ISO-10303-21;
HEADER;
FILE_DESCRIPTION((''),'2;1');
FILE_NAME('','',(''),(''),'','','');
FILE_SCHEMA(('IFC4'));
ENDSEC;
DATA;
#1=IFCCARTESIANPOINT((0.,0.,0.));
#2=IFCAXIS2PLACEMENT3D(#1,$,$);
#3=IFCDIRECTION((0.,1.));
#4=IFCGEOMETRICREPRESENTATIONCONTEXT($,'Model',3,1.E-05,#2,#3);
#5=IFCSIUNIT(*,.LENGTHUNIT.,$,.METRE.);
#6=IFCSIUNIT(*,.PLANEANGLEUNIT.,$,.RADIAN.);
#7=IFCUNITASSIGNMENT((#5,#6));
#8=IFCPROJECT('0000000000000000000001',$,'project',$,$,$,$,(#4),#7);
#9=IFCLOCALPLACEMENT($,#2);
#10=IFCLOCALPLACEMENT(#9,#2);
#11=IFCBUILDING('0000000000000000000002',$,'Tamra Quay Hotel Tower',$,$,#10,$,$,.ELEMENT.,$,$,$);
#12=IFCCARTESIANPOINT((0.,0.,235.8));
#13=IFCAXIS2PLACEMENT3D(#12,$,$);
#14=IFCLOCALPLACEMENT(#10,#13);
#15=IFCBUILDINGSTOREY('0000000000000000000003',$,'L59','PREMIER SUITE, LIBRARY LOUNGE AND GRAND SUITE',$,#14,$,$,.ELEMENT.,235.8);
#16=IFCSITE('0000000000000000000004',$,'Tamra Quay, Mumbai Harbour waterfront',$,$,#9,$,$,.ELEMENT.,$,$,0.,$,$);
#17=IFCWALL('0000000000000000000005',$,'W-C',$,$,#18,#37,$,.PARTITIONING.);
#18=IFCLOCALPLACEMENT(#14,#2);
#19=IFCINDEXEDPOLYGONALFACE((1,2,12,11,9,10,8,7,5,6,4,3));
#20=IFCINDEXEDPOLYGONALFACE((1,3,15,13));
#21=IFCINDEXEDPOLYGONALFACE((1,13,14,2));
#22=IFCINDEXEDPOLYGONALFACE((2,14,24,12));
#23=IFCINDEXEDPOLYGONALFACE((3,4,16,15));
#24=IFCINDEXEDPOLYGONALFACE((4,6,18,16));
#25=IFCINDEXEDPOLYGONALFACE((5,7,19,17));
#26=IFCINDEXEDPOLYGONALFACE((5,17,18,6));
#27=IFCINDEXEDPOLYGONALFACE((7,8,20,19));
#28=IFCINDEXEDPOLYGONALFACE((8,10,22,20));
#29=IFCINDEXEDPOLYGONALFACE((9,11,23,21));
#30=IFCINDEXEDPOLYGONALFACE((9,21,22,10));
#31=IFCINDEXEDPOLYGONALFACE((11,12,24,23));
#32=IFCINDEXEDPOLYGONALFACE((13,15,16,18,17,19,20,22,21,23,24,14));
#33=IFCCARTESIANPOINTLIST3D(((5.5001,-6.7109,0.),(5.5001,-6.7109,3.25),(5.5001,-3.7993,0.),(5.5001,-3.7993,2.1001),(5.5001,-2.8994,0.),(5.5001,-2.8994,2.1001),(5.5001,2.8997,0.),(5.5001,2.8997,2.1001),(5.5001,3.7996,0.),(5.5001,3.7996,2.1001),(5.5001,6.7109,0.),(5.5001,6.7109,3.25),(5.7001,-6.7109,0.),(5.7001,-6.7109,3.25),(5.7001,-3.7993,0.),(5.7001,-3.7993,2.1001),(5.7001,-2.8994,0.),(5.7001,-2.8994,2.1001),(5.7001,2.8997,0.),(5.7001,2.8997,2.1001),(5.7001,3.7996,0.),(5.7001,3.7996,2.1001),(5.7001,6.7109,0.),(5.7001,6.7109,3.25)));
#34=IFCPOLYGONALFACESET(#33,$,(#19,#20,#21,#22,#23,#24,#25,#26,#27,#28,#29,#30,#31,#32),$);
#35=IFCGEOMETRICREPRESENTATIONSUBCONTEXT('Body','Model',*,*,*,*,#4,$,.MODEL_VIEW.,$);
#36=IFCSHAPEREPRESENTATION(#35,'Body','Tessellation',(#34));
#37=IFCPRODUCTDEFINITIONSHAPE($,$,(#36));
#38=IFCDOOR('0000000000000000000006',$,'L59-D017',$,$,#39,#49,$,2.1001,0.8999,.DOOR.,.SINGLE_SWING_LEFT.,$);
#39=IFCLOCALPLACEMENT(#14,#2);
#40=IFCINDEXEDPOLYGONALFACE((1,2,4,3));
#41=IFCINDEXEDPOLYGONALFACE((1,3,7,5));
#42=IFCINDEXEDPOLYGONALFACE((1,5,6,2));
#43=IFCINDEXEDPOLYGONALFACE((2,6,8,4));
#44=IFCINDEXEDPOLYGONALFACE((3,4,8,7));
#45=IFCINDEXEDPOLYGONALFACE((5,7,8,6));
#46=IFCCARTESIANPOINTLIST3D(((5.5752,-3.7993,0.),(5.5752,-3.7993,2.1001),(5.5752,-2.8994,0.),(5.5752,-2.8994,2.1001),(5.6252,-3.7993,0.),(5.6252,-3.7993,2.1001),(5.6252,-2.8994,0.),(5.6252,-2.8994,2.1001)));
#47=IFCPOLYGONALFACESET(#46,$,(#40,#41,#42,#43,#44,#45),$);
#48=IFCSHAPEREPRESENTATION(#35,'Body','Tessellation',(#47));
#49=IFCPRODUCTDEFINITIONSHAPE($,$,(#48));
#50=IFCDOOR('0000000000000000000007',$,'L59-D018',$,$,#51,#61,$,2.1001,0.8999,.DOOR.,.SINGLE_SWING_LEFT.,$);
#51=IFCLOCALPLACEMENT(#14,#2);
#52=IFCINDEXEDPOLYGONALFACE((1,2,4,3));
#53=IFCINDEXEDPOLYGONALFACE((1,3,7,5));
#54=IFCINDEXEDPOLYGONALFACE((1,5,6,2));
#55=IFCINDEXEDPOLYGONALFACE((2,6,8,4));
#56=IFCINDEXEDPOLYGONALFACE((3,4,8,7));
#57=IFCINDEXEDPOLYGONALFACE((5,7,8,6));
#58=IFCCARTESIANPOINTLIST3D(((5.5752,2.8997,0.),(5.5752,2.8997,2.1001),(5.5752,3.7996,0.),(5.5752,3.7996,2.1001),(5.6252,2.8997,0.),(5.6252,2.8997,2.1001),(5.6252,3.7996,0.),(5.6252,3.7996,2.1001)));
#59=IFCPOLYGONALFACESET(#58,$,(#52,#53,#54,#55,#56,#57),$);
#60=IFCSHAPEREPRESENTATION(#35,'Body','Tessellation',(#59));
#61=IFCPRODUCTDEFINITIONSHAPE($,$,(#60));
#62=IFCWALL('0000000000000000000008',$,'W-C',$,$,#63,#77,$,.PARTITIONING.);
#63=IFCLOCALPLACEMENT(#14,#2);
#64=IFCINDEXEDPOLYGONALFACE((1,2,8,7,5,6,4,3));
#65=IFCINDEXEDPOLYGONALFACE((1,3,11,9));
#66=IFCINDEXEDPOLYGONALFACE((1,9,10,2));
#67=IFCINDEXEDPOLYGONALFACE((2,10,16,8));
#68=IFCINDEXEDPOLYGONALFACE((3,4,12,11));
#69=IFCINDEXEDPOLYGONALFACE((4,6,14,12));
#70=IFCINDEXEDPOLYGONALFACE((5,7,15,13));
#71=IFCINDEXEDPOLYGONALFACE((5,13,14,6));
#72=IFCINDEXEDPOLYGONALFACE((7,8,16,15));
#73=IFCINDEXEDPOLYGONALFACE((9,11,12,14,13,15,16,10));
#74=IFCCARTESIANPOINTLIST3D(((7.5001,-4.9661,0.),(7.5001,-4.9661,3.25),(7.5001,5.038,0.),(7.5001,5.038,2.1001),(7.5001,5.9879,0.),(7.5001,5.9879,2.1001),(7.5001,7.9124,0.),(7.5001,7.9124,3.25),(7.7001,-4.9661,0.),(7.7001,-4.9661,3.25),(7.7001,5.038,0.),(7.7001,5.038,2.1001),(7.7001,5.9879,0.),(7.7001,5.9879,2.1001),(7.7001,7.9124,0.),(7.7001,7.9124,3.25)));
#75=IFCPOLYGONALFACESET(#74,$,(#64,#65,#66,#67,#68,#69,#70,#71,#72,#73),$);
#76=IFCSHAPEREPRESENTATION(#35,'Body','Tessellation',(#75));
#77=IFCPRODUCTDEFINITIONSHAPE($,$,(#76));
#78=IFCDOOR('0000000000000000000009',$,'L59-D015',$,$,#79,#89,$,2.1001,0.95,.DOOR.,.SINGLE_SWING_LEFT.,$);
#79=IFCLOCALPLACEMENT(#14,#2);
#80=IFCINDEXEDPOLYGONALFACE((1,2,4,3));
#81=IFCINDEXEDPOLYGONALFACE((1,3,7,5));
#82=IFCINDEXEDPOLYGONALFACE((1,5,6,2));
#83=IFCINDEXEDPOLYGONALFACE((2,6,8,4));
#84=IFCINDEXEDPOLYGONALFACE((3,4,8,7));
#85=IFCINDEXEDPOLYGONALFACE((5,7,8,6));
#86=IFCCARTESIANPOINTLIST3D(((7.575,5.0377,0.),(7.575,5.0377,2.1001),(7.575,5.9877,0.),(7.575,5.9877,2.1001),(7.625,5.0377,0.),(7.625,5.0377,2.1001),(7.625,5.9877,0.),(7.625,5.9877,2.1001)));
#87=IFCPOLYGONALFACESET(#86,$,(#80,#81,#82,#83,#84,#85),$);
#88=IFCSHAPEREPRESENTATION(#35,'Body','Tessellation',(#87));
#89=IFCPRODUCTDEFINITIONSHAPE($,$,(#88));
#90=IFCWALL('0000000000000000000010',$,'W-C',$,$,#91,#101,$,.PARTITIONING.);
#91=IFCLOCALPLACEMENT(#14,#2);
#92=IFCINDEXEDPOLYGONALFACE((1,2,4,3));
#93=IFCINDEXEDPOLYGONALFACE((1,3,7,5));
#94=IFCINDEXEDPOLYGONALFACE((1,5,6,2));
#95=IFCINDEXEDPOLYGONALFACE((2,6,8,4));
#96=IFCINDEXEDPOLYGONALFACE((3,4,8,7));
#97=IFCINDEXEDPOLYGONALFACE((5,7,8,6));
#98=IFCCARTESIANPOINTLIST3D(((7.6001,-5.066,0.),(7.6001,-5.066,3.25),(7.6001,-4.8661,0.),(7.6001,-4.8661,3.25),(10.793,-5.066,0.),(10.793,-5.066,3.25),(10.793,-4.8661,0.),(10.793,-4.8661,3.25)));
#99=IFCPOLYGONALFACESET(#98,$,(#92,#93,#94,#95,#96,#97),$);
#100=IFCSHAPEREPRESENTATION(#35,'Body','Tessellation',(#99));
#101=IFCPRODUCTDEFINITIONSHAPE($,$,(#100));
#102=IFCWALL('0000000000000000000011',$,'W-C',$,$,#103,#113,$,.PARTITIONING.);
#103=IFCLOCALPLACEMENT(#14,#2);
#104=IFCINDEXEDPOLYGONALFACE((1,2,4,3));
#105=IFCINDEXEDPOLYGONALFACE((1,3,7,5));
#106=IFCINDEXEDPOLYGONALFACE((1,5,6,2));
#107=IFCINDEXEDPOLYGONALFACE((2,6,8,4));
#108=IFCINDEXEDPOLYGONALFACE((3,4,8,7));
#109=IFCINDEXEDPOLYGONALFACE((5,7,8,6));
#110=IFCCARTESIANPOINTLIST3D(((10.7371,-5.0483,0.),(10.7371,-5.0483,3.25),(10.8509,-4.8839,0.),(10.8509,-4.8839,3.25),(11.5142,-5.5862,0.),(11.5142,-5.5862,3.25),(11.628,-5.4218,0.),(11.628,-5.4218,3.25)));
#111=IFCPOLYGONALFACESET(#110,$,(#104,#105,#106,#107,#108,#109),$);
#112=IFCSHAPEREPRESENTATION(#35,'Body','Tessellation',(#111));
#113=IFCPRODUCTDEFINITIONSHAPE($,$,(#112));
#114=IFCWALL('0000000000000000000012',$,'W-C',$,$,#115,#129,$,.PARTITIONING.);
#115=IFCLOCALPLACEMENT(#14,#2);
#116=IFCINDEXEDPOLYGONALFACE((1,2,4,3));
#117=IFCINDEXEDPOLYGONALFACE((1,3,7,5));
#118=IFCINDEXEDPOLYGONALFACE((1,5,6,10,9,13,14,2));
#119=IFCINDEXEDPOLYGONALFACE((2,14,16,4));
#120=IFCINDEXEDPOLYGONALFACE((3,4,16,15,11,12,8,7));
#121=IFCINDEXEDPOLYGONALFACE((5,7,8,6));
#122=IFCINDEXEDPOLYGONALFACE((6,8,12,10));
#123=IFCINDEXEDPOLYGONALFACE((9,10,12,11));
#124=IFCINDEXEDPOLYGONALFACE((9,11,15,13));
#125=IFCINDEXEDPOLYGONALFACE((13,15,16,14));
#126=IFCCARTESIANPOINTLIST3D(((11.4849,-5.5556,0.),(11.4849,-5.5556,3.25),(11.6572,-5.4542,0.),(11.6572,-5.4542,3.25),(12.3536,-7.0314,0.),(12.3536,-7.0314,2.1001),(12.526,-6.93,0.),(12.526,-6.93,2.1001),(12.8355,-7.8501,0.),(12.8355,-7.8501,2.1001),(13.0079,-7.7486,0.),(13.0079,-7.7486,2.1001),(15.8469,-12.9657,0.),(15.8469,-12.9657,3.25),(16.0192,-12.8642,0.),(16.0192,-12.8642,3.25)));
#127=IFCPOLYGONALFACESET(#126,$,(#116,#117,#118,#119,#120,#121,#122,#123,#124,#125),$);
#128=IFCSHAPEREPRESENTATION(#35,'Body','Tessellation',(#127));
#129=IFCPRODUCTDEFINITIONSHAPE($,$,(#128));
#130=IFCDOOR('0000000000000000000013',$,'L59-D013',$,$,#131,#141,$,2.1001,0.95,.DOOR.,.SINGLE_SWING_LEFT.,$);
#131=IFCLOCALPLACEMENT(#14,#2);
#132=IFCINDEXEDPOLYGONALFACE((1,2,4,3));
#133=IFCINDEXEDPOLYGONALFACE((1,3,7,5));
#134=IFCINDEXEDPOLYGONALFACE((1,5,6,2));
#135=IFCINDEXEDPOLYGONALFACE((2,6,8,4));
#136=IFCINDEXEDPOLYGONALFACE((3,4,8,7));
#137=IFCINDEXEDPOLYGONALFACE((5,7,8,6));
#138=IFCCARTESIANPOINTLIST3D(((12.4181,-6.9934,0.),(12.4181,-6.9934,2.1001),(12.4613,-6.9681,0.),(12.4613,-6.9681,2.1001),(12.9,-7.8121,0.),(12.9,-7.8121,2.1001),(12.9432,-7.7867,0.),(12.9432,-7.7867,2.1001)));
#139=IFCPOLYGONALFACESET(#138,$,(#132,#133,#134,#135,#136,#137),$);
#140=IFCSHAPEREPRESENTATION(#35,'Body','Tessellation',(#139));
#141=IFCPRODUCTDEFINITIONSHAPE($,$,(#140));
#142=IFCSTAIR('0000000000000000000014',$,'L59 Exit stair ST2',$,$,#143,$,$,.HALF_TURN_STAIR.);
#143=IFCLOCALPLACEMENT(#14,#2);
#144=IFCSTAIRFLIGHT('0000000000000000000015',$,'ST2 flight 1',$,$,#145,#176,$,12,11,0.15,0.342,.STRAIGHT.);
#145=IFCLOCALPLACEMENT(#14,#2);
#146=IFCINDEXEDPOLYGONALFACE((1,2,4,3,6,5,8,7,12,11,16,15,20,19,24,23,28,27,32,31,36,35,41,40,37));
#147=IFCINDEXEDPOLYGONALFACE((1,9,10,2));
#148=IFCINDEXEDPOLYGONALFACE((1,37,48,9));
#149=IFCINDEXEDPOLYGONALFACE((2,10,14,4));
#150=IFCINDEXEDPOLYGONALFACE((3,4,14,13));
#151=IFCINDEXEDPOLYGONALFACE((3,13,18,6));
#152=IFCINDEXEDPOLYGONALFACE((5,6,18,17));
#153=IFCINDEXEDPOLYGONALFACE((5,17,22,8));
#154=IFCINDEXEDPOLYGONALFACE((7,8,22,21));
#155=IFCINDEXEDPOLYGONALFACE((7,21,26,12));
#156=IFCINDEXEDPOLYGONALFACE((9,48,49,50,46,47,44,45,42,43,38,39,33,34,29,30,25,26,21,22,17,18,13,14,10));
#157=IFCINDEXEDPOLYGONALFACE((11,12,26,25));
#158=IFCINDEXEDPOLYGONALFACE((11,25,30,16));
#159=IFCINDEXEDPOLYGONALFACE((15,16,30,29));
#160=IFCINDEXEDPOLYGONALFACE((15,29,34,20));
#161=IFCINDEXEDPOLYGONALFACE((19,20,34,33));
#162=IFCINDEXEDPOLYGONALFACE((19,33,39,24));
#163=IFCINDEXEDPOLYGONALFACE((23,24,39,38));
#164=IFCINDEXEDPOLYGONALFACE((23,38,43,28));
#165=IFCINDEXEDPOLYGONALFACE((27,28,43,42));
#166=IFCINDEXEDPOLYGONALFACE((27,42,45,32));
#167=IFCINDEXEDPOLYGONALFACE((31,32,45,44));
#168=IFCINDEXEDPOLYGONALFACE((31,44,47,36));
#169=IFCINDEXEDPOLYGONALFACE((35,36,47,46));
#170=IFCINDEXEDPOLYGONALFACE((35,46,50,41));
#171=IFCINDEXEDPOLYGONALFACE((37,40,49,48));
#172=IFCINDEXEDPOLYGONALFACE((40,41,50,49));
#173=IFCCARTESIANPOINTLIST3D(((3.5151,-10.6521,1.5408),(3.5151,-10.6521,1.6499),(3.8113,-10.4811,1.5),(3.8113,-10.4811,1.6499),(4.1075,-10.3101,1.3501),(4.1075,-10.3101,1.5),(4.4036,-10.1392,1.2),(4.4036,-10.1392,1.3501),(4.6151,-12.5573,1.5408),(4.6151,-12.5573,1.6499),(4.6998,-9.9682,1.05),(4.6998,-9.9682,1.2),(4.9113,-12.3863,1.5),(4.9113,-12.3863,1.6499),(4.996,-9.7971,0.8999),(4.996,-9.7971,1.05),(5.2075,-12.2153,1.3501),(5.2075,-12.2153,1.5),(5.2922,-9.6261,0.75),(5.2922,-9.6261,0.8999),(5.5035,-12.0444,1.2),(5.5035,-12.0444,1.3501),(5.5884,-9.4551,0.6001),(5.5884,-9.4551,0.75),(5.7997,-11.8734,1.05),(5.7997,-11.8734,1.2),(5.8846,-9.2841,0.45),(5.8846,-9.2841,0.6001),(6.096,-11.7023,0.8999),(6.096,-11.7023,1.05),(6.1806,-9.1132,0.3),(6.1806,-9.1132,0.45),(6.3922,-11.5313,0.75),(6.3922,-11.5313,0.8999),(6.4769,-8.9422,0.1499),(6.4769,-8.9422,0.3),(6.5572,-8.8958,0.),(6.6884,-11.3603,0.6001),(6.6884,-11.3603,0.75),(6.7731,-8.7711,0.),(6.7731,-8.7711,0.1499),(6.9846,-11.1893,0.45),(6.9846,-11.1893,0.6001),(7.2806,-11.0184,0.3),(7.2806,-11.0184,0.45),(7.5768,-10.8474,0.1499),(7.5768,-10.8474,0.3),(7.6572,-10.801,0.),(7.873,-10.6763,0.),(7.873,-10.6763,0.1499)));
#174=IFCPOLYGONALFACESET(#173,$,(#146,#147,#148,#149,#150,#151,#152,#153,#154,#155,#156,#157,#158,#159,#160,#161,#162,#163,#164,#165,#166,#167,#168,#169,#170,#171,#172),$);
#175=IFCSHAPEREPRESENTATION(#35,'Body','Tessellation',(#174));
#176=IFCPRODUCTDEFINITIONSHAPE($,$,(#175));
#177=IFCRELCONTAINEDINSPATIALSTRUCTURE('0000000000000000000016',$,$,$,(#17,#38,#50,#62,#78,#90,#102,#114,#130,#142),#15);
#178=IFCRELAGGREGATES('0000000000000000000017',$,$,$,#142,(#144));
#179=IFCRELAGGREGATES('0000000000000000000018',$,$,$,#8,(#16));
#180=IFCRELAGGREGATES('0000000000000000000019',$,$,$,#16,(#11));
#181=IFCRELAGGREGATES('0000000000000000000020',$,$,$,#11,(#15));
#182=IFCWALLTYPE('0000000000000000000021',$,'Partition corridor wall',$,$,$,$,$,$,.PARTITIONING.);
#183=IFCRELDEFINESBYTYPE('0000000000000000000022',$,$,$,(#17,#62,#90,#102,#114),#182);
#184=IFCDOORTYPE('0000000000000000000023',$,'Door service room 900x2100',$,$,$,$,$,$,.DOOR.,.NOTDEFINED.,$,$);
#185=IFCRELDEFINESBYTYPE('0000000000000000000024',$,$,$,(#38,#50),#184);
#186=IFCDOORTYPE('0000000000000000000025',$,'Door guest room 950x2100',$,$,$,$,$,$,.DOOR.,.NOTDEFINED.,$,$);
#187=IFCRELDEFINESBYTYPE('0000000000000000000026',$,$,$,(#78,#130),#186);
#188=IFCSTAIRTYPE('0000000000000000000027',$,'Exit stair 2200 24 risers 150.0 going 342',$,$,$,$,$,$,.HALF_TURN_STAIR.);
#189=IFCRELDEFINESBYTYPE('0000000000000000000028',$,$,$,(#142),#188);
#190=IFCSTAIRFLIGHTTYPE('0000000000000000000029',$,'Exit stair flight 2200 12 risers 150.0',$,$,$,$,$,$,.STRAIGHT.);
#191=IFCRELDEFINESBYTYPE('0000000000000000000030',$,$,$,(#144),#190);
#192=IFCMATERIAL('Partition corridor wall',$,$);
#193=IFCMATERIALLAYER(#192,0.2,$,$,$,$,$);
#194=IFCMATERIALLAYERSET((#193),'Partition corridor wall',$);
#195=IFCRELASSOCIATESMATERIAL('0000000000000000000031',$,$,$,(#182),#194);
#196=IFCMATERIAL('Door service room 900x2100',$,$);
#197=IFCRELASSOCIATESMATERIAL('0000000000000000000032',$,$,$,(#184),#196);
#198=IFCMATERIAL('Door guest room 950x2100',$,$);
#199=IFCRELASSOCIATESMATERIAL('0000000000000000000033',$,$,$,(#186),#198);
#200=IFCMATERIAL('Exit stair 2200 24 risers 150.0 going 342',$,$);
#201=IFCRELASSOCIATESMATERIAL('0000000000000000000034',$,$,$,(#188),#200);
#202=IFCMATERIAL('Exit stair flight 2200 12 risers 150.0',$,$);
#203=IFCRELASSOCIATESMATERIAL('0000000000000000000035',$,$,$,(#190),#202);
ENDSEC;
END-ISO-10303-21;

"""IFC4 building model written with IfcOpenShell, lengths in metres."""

from ifc_helpers import new_model, si_unit, direction, frame, frame_2d, origin, place, context, subcontext, project, spatial, polyline, rectangle, outline, extrude, material, layer, layer_set, type_object, element, fill, aggregate, save


model = new_model("IFC4")

# Units and contexts
model_context = context("Model", 3, precision=1e-05, world=origin(), true_north=direction((0.0, 1.0)))
body_context = subcontext(model_context, "Body", "Model", "MODEL_VIEW")
ifc_project = project(units=[si_unit("LENGTHUNIT", "METRE"), si_unit("PLANEANGLEUNIT", "RADIAN")], contexts=[model_context])

# Site, building, storey
site_placement = place(None, origin())
site = spatial("IfcSite", under=ifc_project, at=site_placement, Name="Tamra Quay, Mumbai Harbour waterfront", CompositionType="ELEMENT", RefElevation=0.0)
building_placement = place(site_placement, origin())
building = spatial("IfcBuilding", under=site, at=building_placement, Name="Tamra Quay Hotel Tower", CompositionType="ELEMENT")
storey_placement = place(building_placement, frame((0.0, 0.0, 235.8)))
storey = spatial("IfcBuildingStorey", under=building, at=storey_placement, Name="L59", Description="PREMIER SUITE, LIBRARY LOUNGE AND GRAND SUITE", CompositionType="ELEMENT", Elevation=235.8)

# Shared definitions
ifc_material_1 = material(Name="Partition corridor wall")
ifc_layer_1 = layer(ifc_material_1, 0.2)
ifc_layer_set_1 = layer_set([ifc_layer_1], Name="Partition corridor wall")
wall_type_1 = type_object("IfcWallType", Name="Partition corridor wall", PredefinedType="PARTITIONING", material=ifc_layer_set_1)

# Wall, openings, doors
wall_1_placement = place(storey_placement, frame((5.6001, -6.7109, 0.0), z_axis=(0.0, 0.0, 1.0), x_axis=(0.0, 1.0, 0.0)))
wall_1 = element("IfcWall", 1, at=wall_1_placement, inside=storey, type_object=wall_type_1, Name="W-C", PredefinedType="PARTITIONING", context=body_context, shape_type="SweptSolid", body=[
    extrude(rectangle(XDim=13.4219, YDim=0.2, at=frame_2d((6.7109, 0.0))), origin(), (0.0, 0.0, 1.0), 3.25),
])
opening_1_placement = place(wall_1_placement, frame((2.9116, 0.0, 0.0)))
opening_1 = element("IfcOpeningElement", 2, at=opening_1_placement, cuts=wall_1, PredefinedType="OPENING", context=body_context, shape_type="SweptSolid", body=[
    extrude(rectangle(XDim=0.8999, YDim=2.1001, at=frame_2d((0.45, 1.05))), frame((0.0, 0.1099, 0.0), z_axis=(0.0, -1.0, 0.0), x_axis=(1.0, 0.0, 0.0)), (0.0, 0.0, 1.0), 0.22),
])
opening_2_placement = place(wall_1_placement, frame((9.6106, 0.0, 0.0)))
opening_2 = element("IfcOpeningElement", 3, at=opening_2_placement, cuts=wall_1, PredefinedType="OPENING", context=body_context, shape_type="SweptSolid", body=[
    extrude(rectangle(XDim=0.8999, YDim=2.1001, at=frame_2d((0.45, 1.05))), frame((0.0, 0.1099, 0.0), z_axis=(0.0, -1.0, 0.0), x_axis=(1.0, 0.0, 0.0)), (0.0, 0.0, 1.0), 0.22),
])
ifc_material_2 = material(Name="Door service room 900x2100")
door_type_1 = type_object("IfcDoorType", Name="Door service room 900x2100", OperationType="NOTDEFINED", PredefinedType="DOOR", material=ifc_material_2)
door_1_placement = place(opening_1_placement, origin())
door_1 = element("IfcDoor", 4, at=door_1_placement, inside=storey, type_object=door_type_1, Name="L59-D017", OperationType="SINGLE_SWING_LEFT", OverallHeight=2.1001, OverallWidth=0.8999, PredefinedType="DOOR", context=body_context, shape_type="SweptSolid", body=[
    extrude(rectangle(XDim=0.8999, YDim=2.1001, at=frame_2d((0.45, 1.05))), frame((0.0, 0.0249, 0.0), z_axis=(0.0, -1.0, 0.0), x_axis=(1.0, 0.0, 0.0)), (0.0, 0.0, 1.0), 0.05),
])
fill(opening_1, door_1)
door_2_placement = place(opening_2_placement, origin())
door_2 = element("IfcDoor", 5, at=door_2_placement, inside=storey, type_object=door_type_1, Name="L59-D018", OperationType="SINGLE_SWING_LEFT", OverallHeight=2.1001, OverallWidth=0.8999, PredefinedType="DOOR", context=body_context, shape_type="SweptSolid", body=[
    extrude(rectangle(XDim=0.8999, YDim=2.1001, at=frame_2d((0.45, 1.05))), frame((0.0, 0.0249, 0.0), z_axis=(0.0, -1.0, 0.0), x_axis=(1.0, 0.0, 0.0)), (0.0, 0.0, 1.0), 0.05),
])
fill(opening_2, door_2)

# Wall, opening, door
wall_2_placement = place(storey_placement, frame((7.6001, -4.9661, 0.0), z_axis=(0.0, 0.0, 1.0), x_axis=(0.0, 1.0, 0.0)))
wall_2 = element("IfcWall", 6, at=wall_2_placement, inside=storey, type_object=wall_type_1, Name="W-C", PredefinedType="PARTITIONING", context=body_context, shape_type="SweptSolid", body=[
    extrude(rectangle(XDim=12.8784, YDim=0.2, at=frame_2d((6.4392, 0.0))), origin(), (0.0, 0.0, 1.0), 3.25),
])
opening_3_placement = place(wall_2_placement, frame((10.0039, 0.0, 0.0)))
opening_3 = element("IfcOpeningElement", 7, at=opening_3_placement, cuts=wall_2, PredefinedType="OPENING", context=body_context, shape_type="SweptSolid", body=[
    extrude(rectangle(XDim=0.95, YDim=2.1001, at=frame_2d((0.4751, 1.05))), frame((0.0, 0.1099, 0.0), z_axis=(0.0, -1.0, 0.0), x_axis=(1.0, 0.0, 0.0)), (0.0, 0.0, 1.0), 0.22),
])
ifc_material_3 = material(Name="Door guest room 950x2100")
door_type_2 = type_object("IfcDoorType", Name="Door guest room 950x2100", OperationType="NOTDEFINED", PredefinedType="DOOR", material=ifc_material_3)
door_3_placement = place(opening_3_placement, frame((0.95, 0.0, 0.0), z_axis=(0.0, 0.0, 1.0), x_axis=(-1.0, 0.0, 0.0)))
door_3 = element("IfcDoor", 8, at=door_3_placement, inside=storey, type_object=door_type_2, Name="L59-D015", OperationType="SINGLE_SWING_LEFT", OverallHeight=2.1001, OverallWidth=0.95, PredefinedType="DOOR", context=body_context, shape_type="SweptSolid", body=[
    extrude(rectangle(XDim=0.95, YDim=2.1001, at=frame_2d((0.4751, 1.05))), frame((0.0, 0.0249, 0.0), z_axis=(0.0, -1.0, 0.0), x_axis=(1.0, 0.0, 0.0)), (0.0, 0.0, 1.0), 0.05),
])
fill(opening_3, door_3)

# Walls
wall_3_placement = place(storey_placement, frame((7.6001, -4.9661, 0.0), z_axis=(0.0, 0.0, 1.0), x_axis=(1.0, 0.0, 0.0)))
element("IfcWall", 9, at=wall_3_placement, inside=storey, type_object=wall_type_1, Name="W-C", PredefinedType="PARTITIONING", context=body_context, shape_type="SweptSolid", body=[
    extrude(rectangle(XDim=3.1929, YDim=0.2, at=frame_2d((1.5964, 0.0))), origin(), (0.0, 0.0, 1.0), 3.25),
])
wall_4_placement = place(storey_placement, frame((10.7939, -4.9661, 0.0), z_axis=(0.0, 0.0, 1.0), x_axis=(0.822267, -0.569103, 0.0)))
element("IfcWall", 10, at=wall_4_placement, inside=storey, type_object=wall_type_1, Name="W-C", PredefinedType="PARTITIONING", context=body_context, shape_type="SweptSolid", body=[
    extrude(rectangle(XDim=0.9451, YDim=0.2, at=frame_2d((0.4727, 0.0))), origin(), (0.0, 0.0, 1.0), 3.25),
])

# Wall, opening, door
wall_5_placement = place(storey_placement, frame((11.571, -5.5049, 0.0), z_axis=(0.0, 0.0, 1.0), x_axis=(0.507292, -0.861774, 0.0)))
wall_5 = element("IfcWall", 11, at=wall_5_placement, inside=storey, type_object=wall_type_1, Name="W-C", PredefinedType="PARTITIONING", context=body_context, shape_type="SweptSolid", body=[
    extrude(rectangle(XDim=8.5986, YDim=0.2, at=frame_2d((4.2993, 0.0))), origin(), (0.0, 0.0, 1.0), 3.25),
])
opening_4_placement = place(wall_5_placement, frame((1.7124, 0.0, 0.0)))
opening_4 = element("IfcOpeningElement", 12, at=opening_4_placement, cuts=wall_5, PredefinedType="OPENING", context=body_context, shape_type="SweptSolid", body=[
    extrude(rectangle(XDim=0.95, YDim=2.1001, at=frame_2d((0.4751, 1.05))), frame((0.0, 0.1099, 0.0), z_axis=(0.0, -1.0, 0.0), x_axis=(1.0, 0.0, 0.0)), (0.0, 0.0, 1.0), 0.22),
])
door_4_placement = place(opening_4_placement, origin())
door_4 = element("IfcDoor", 13, at=door_4_placement, inside=storey, type_object=door_type_2, Name="L59-D013", OperationType="SINGLE_SWING_LEFT", OverallHeight=2.1001, OverallWidth=0.95, PredefinedType="DOOR", context=body_context, shape_type="SweptSolid", body=[
    extrude(rectangle(XDim=0.95, YDim=2.1001, at=frame_2d((0.4751, 1.05))), frame((0.0, 0.0249, 0.0), z_axis=(0.0, -1.0, 0.0), x_axis=(1.0, 0.0, 0.0)), (0.0, 0.0, 1.0), 0.05),
])
fill(opening_4, door_4)

# Stair, stair flight
ifc_material_4 = material(Name="Exit stair 2200 24 risers 150.0 going 342")
stair_type = type_object("IfcStairType", Name="Exit stair 2200 24 risers 150.0 going 342", PredefinedType="HALF_TURN_STAIR", material=ifc_material_4)
stair_placement = place(storey_placement, origin())
stair = element("IfcStair", 14, at=stair_placement, inside=storey, type_object=stair_type, Name="L59 Exit stair ST2", PredefinedType="HALF_TURN_STAIR")
ifc_material_5 = material(Name="Exit stair flight 2200 12 risers 150.0")
stair_flight_type = type_object("IfcStairFlightType", Name="Exit stair flight 2200 12 risers 150.0", PredefinedType="STRAIGHT", material=ifc_material_5)
stair_flight_1_placement = place(storey_placement, frame((7.323, -9.7236, 0.0), z_axis=(0.0, 0.0, 1.0), x_axis=(-0.866025, -0.5, 0.0)))
stair_flight_1 = element("IfcStairFlight", 15, at=stair_flight_1_placement, type_object=stair_flight_type, Name="ST2 flight 1", NumberOfRisers=12, NumberOfTreads=11, PredefinedType="STRAIGHT", RiserHeight=0.15, TreadLength=0.342, context=body_context, shape_type="SweptSolid", body=[
    extrude(outline(polyline([(0.0, 0.0), (0.0, 0.1499), (0.342, 0.1499), (0.342, 0.3), (0.6841, 0.3), (0.6841, 0.45), (1.0259, 0.45), (1.0259, 0.6001), (1.3679, 0.6001), (1.3679, 0.75), (1.71, 0.75), (1.71, 0.8999), (2.052, 0.8999), (2.052, 1.05), (2.394, 1.05), (2.394, 1.2), (2.7361, 1.2), (2.7361, 1.3501), (3.0779, 1.3501), (3.0779, 1.5), (3.4199, 1.5), (3.4199, 1.6499), (3.762, 1.6499), (3.762, 1.8), (3.762, 1.5408), (0.2493, 0.0), (0.0, 0.0)])), frame((0.0, 1.1001, 0.0), z_axis=(0.0, -1.0, 0.0), x_axis=(1.0, 0.0, 0.0)), (0.0, 0.0, 1.0), 2.2),
])
aggregate(stair, [stair_flight_1])

save(model, "model.ifc")
